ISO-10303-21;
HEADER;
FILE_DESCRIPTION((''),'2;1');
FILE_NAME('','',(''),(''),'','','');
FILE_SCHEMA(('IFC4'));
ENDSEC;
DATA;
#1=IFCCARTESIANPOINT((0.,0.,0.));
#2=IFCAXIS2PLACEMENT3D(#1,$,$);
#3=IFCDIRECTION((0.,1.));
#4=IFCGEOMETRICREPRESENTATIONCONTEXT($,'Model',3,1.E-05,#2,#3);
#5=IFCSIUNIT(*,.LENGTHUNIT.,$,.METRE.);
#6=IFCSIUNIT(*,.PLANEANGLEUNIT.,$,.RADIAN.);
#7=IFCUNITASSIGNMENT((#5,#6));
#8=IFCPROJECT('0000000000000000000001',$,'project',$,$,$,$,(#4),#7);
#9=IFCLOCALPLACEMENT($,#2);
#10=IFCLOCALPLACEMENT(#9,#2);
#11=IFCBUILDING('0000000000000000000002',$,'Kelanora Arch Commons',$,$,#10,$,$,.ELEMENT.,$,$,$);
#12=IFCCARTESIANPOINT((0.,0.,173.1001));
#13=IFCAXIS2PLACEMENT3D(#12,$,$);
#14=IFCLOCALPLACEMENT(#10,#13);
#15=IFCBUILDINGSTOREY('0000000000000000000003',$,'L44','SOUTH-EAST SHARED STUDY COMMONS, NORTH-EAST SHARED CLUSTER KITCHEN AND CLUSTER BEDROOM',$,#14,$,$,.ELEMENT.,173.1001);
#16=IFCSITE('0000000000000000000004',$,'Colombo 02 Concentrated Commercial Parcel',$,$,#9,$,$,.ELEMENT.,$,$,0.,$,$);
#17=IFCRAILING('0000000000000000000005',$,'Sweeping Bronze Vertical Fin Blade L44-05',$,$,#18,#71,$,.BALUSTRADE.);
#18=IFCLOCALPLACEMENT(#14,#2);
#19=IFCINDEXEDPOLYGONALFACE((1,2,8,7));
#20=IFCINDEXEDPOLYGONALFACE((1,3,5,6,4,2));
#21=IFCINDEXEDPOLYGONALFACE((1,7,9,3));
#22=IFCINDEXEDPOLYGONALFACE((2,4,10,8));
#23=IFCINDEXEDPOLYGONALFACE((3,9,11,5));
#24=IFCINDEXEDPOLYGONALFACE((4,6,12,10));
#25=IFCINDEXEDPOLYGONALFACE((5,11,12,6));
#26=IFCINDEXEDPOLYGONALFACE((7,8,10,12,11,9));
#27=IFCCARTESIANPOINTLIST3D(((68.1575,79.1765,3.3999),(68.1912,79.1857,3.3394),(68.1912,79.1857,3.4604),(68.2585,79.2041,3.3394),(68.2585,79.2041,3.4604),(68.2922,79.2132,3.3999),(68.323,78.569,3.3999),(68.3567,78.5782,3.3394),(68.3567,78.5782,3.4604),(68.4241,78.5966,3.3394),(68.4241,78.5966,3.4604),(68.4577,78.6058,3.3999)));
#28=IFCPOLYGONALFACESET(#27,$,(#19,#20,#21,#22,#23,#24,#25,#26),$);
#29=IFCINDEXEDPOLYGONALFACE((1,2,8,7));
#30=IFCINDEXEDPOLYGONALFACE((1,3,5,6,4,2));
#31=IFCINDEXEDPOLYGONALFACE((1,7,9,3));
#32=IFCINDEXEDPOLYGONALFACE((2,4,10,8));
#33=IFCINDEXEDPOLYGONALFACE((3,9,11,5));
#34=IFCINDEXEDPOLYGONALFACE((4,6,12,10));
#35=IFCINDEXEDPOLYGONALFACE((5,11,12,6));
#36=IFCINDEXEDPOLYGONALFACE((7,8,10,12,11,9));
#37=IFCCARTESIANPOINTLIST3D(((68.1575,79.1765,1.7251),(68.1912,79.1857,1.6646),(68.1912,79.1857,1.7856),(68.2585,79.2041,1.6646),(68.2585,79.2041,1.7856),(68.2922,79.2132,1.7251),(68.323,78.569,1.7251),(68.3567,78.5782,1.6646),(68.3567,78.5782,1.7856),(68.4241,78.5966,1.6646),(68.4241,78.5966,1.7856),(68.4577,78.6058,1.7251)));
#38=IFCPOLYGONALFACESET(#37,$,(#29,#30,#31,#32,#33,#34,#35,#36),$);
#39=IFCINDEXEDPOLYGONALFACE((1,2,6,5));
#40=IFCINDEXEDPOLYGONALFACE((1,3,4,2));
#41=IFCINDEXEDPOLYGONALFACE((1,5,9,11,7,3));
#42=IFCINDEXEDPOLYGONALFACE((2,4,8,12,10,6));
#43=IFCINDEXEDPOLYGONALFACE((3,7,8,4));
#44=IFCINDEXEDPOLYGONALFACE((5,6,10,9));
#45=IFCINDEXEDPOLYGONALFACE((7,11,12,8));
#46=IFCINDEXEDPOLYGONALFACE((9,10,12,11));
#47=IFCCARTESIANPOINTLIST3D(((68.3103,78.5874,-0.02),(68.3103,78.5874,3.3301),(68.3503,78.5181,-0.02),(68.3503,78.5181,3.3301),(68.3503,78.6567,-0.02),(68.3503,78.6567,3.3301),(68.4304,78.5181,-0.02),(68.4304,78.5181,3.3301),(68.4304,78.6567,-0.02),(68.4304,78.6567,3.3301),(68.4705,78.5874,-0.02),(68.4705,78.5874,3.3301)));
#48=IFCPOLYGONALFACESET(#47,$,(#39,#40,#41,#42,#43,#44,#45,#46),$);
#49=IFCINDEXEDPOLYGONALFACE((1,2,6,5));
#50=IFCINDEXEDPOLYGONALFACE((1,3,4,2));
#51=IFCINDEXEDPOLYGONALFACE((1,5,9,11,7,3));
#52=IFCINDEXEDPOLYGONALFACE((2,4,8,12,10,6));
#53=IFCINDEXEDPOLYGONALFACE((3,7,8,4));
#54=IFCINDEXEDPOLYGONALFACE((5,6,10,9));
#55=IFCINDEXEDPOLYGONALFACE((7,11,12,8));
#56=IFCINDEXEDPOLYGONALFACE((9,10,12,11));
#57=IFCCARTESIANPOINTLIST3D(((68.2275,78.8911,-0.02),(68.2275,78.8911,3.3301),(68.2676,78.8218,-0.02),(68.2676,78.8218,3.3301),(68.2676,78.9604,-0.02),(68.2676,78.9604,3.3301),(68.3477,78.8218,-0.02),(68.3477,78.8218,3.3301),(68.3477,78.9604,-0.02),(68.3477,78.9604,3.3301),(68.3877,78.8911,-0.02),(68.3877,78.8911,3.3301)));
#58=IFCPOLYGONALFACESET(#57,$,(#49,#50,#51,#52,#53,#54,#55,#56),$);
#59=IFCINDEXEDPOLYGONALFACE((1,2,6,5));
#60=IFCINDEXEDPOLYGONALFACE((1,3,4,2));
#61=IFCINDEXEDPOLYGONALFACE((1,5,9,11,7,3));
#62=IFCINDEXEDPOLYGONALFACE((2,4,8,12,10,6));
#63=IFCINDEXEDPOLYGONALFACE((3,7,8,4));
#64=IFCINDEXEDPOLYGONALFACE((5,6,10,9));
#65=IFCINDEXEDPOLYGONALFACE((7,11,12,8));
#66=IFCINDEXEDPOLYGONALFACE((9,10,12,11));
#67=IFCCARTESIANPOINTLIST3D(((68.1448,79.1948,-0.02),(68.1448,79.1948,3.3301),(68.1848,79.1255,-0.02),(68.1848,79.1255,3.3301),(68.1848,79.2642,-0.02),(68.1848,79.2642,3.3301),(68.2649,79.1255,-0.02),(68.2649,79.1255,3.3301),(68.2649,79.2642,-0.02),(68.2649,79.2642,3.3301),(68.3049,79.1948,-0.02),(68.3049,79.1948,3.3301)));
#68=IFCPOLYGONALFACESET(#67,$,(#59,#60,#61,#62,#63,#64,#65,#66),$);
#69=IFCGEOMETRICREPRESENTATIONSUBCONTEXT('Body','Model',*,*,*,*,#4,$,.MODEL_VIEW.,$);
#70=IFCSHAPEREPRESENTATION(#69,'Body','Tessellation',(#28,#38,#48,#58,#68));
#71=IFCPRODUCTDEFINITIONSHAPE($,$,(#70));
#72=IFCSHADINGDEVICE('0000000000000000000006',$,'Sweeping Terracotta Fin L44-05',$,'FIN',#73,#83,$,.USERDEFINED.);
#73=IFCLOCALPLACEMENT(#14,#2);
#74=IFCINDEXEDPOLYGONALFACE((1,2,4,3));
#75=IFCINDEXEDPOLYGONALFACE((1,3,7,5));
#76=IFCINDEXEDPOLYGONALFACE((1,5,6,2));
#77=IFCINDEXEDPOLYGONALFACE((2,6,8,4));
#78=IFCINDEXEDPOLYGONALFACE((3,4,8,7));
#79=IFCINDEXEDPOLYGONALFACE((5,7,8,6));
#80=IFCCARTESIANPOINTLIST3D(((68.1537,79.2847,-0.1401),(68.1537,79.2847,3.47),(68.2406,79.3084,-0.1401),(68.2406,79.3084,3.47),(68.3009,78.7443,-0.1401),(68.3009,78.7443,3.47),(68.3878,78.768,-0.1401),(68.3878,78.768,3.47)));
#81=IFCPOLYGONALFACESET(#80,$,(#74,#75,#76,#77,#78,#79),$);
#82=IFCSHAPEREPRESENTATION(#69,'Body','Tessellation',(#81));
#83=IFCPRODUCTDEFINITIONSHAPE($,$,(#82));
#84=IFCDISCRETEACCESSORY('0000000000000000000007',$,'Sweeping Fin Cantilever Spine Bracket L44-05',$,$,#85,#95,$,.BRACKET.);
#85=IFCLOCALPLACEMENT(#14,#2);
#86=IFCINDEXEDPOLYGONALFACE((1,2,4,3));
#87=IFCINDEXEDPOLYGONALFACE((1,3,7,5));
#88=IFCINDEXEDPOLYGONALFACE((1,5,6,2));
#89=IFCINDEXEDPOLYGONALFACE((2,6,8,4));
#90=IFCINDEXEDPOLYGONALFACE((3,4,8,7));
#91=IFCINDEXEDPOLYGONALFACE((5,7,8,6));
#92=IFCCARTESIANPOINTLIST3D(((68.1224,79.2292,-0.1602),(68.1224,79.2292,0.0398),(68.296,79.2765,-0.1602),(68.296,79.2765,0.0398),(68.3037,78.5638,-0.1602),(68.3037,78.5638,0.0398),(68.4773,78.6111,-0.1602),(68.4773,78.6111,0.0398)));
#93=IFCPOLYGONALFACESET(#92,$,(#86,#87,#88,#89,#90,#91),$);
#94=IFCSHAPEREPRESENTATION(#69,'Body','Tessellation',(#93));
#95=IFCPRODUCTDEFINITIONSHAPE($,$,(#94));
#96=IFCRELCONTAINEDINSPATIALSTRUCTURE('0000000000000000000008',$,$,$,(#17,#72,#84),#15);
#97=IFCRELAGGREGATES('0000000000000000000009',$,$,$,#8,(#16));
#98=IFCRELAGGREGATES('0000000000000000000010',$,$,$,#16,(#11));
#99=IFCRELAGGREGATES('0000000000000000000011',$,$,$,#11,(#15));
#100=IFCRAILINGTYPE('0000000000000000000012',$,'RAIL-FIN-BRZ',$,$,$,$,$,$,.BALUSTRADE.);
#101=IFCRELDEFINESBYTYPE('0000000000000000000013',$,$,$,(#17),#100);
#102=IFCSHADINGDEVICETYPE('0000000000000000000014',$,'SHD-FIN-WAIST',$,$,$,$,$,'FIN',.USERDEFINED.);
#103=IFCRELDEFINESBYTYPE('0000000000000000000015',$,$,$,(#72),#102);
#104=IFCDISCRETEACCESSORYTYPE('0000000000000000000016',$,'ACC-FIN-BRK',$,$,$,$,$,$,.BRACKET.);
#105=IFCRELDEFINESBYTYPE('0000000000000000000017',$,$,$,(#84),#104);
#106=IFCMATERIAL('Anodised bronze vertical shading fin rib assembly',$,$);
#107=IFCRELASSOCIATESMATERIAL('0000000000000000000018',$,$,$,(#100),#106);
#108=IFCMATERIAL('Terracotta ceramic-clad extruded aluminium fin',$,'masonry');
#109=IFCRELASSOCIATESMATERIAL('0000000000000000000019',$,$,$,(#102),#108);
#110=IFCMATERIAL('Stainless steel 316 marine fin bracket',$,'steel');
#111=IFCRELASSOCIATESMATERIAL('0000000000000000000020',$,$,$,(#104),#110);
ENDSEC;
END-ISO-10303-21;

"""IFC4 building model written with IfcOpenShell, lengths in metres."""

from ifc_helpers import new_model, si_unit, direction, frame, origin, origin_2d, place, context, subcontext, project, spatial, polyline, rectangle, outline, extrude, source, transform, mapped, material, type_object, element, save


model = new_model("IFC4")

# Units and contexts
model_context = context("Model", 3, precision=1e-05, world=origin(), true_north=direction((0.0, 1.0)))
body_context = subcontext(model_context, "Body", "Model", "MODEL_VIEW")
ifc_project = project(units=[si_unit("LENGTHUNIT", "METRE"), si_unit("PLANEANGLEUNIT", "RADIAN")], contexts=[model_context])

# Site, building, storey
site_placement = place(None, origin())
site = spatial("IfcSite", under=ifc_project, at=site_placement, Name="Colombo 02 Concentrated Commercial Parcel", CompositionType="ELEMENT", RefElevation=0.0)
building_placement = place(site_placement, origin())
building = spatial("IfcBuilding", under=site, at=building_placement, Name="Kelanora Arch Commons", CompositionType="ELEMENT")
storey_placement = place(building_placement, frame((0.0, 0.0, 173.1001)))
storey = spatial("IfcBuildingStorey", under=building, at=storey_placement, Name="L44", Description="SOUTH-EAST SHARED STUDY COMMONS, NORTH-EAST SHARED CLUSTER KITCHEN AND CLUSTER BEDROOM", CompositionType="ELEMENT", Elevation=173.1001)

# Railing
ifc_material_1 = material(Name="Anodised bronze vertical shading fin rib assembly")
railing_type = type_object("IfcRailingType", Name="RAIL-FIN-BRZ", PredefinedType="BALUSTRADE", material=ifc_material_1)
railing_placement = place(storey_placement, frame((68.3904, 78.5874, -0.02)))
element("IfcRailing", 1, at=railing_placement, inside=storey, type_object=railing_type, Name="Sweeping Bronze Vertical Fin Blade L44-05", PredefinedType="BALUSTRADE", context=body_context, shape_type="SweptSolid", body=[
    extrude(outline(polyline([(0.0698, 0.0), (0.0349, 0.0605), (-0.0349, 0.0605), (-0.0698, 0.0), (-0.0349, -0.0605), (0.0349, -0.0605), (0.0698, 0.0)])), frame((0.0, 0.0, 3.4199), z_axis=(-0.262921, 0.964817, 0.0), x_axis=(-0.964817, -0.262921, 0.0)), (0.0, 0.0, 1.0), 0.6296),
    extrude(outline(polyline([(0.0698, 0.0), (0.0349, 0.0605), (-0.0349, 0.0605), (-0.0698, 0.0), (-0.0349, -0.0605), (0.0349, -0.0605), (0.0698, 0.0)])), frame((0.0, 0.0, 1.7451), z_axis=(-0.262921, 0.964817, 0.0), x_axis=(-0.964817, -0.262921, 0.0)), (0.0, 0.0, 1.0), 0.6296),
    extrude(outline(polyline([(0.0801, 0.0), (0.04, 0.0693), (-0.04, 0.0693), (-0.0801, 0.0), (-0.04, -0.0693), (0.04, -0.0693), (0.0801, 0.0)])), origin(), (0.0, 0.0, 1.0), 3.3501),
    extrude(outline(polyline([(0.0801, 0.0), (0.04, 0.0693), (-0.04, 0.0693), (-0.0801, 0.0), (-0.04, -0.0693), (0.04, -0.0693), (0.0801, 0.0)])), frame((-0.0828, 0.3037, 0.0)), (0.0, 0.0, 1.0), 3.3501),
    extrude(outline(polyline([(0.0801, 0.0), (0.04, 0.0693), (-0.04, 0.0693), (-0.0801, 0.0), (-0.04, -0.0693), (0.04, -0.0693), (0.0801, 0.0)])), frame((-0.1655, 0.6074, 0.0)), (0.0, 0.0, 1.0), 3.3501),
])

# Shading device
ifc_material_2 = material(Name="Terracotta ceramic-clad extruded aluminium fin", Category="masonry")
shading_device_type = type_object("IfcShadingDeviceType", Name="SHD-FIN-WAIST", ElementType="FIN", PredefinedType="USERDEFINED", material=ifc_material_2)
shared_shape_1 = source(origin(), body_context, "Body", "SweptSolid", [
    extrude(rectangle(XDim=0.5601, YDim=0.0901, at=origin_2d()), origin(), (0.0, 0.0, 1.0), 3.6101),
])
shading_device_placement = place(storey_placement, frame((68.2708, 79.0264, -0.1401), z_axis=(0.0, 0.0, 1.0), x_axis=(-0.262863, 0.964833, 0.0)))
element("IfcShadingDevice", 2, at=shading_device_placement, inside=storey, type_object=shading_device_type, Name="Sweeping Terracotta Fin L44-05", ObjectType="FIN", PredefinedType="USERDEFINED", context=body_context, shape_type="MappedRepresentation", body=[
    mapped(shared_shape_1, transform((0.0, 0.0, 0.0), scale=1.0)),
])

# Discrete accessory
ifc_material_3 = material(Name="Stainless steel 316 marine fin bracket", Category="steel")
discrete_accessory_type = type_object("IfcDiscreteAccessoryType", Name="ACC-FIN-BRK", PredefinedType="BRACKET", material=ifc_material_3)
shared_shape_2 = source(origin(), body_context, "Body", "SweptSolid", [
    extrude(rectangle(XDim=0.6897, YDim=0.1799, at=origin_2d()), origin(), (0.0, 0.0, 1.0), 0.2),
])
discrete_accessory_placement = place(storey_placement, frame((68.2998, 78.9202, -0.1602), z_axis=(0.0, 0.0, 1.0), x_axis=(-0.262863, 0.964833, 0.0)))
element("IfcDiscreteAccessory", 3, at=discrete_accessory_placement, inside=storey, type_object=discrete_accessory_type, Name="Sweeping Fin Cantilever Spine Bracket L44-05", PredefinedType="BRACKET", context=body_context, shape_type="MappedRepresentation", body=[
    mapped(shared_shape_2, transform((0.0, 0.0, 0.0), scale=1.0)),
])

save(model, "model.ifc")
